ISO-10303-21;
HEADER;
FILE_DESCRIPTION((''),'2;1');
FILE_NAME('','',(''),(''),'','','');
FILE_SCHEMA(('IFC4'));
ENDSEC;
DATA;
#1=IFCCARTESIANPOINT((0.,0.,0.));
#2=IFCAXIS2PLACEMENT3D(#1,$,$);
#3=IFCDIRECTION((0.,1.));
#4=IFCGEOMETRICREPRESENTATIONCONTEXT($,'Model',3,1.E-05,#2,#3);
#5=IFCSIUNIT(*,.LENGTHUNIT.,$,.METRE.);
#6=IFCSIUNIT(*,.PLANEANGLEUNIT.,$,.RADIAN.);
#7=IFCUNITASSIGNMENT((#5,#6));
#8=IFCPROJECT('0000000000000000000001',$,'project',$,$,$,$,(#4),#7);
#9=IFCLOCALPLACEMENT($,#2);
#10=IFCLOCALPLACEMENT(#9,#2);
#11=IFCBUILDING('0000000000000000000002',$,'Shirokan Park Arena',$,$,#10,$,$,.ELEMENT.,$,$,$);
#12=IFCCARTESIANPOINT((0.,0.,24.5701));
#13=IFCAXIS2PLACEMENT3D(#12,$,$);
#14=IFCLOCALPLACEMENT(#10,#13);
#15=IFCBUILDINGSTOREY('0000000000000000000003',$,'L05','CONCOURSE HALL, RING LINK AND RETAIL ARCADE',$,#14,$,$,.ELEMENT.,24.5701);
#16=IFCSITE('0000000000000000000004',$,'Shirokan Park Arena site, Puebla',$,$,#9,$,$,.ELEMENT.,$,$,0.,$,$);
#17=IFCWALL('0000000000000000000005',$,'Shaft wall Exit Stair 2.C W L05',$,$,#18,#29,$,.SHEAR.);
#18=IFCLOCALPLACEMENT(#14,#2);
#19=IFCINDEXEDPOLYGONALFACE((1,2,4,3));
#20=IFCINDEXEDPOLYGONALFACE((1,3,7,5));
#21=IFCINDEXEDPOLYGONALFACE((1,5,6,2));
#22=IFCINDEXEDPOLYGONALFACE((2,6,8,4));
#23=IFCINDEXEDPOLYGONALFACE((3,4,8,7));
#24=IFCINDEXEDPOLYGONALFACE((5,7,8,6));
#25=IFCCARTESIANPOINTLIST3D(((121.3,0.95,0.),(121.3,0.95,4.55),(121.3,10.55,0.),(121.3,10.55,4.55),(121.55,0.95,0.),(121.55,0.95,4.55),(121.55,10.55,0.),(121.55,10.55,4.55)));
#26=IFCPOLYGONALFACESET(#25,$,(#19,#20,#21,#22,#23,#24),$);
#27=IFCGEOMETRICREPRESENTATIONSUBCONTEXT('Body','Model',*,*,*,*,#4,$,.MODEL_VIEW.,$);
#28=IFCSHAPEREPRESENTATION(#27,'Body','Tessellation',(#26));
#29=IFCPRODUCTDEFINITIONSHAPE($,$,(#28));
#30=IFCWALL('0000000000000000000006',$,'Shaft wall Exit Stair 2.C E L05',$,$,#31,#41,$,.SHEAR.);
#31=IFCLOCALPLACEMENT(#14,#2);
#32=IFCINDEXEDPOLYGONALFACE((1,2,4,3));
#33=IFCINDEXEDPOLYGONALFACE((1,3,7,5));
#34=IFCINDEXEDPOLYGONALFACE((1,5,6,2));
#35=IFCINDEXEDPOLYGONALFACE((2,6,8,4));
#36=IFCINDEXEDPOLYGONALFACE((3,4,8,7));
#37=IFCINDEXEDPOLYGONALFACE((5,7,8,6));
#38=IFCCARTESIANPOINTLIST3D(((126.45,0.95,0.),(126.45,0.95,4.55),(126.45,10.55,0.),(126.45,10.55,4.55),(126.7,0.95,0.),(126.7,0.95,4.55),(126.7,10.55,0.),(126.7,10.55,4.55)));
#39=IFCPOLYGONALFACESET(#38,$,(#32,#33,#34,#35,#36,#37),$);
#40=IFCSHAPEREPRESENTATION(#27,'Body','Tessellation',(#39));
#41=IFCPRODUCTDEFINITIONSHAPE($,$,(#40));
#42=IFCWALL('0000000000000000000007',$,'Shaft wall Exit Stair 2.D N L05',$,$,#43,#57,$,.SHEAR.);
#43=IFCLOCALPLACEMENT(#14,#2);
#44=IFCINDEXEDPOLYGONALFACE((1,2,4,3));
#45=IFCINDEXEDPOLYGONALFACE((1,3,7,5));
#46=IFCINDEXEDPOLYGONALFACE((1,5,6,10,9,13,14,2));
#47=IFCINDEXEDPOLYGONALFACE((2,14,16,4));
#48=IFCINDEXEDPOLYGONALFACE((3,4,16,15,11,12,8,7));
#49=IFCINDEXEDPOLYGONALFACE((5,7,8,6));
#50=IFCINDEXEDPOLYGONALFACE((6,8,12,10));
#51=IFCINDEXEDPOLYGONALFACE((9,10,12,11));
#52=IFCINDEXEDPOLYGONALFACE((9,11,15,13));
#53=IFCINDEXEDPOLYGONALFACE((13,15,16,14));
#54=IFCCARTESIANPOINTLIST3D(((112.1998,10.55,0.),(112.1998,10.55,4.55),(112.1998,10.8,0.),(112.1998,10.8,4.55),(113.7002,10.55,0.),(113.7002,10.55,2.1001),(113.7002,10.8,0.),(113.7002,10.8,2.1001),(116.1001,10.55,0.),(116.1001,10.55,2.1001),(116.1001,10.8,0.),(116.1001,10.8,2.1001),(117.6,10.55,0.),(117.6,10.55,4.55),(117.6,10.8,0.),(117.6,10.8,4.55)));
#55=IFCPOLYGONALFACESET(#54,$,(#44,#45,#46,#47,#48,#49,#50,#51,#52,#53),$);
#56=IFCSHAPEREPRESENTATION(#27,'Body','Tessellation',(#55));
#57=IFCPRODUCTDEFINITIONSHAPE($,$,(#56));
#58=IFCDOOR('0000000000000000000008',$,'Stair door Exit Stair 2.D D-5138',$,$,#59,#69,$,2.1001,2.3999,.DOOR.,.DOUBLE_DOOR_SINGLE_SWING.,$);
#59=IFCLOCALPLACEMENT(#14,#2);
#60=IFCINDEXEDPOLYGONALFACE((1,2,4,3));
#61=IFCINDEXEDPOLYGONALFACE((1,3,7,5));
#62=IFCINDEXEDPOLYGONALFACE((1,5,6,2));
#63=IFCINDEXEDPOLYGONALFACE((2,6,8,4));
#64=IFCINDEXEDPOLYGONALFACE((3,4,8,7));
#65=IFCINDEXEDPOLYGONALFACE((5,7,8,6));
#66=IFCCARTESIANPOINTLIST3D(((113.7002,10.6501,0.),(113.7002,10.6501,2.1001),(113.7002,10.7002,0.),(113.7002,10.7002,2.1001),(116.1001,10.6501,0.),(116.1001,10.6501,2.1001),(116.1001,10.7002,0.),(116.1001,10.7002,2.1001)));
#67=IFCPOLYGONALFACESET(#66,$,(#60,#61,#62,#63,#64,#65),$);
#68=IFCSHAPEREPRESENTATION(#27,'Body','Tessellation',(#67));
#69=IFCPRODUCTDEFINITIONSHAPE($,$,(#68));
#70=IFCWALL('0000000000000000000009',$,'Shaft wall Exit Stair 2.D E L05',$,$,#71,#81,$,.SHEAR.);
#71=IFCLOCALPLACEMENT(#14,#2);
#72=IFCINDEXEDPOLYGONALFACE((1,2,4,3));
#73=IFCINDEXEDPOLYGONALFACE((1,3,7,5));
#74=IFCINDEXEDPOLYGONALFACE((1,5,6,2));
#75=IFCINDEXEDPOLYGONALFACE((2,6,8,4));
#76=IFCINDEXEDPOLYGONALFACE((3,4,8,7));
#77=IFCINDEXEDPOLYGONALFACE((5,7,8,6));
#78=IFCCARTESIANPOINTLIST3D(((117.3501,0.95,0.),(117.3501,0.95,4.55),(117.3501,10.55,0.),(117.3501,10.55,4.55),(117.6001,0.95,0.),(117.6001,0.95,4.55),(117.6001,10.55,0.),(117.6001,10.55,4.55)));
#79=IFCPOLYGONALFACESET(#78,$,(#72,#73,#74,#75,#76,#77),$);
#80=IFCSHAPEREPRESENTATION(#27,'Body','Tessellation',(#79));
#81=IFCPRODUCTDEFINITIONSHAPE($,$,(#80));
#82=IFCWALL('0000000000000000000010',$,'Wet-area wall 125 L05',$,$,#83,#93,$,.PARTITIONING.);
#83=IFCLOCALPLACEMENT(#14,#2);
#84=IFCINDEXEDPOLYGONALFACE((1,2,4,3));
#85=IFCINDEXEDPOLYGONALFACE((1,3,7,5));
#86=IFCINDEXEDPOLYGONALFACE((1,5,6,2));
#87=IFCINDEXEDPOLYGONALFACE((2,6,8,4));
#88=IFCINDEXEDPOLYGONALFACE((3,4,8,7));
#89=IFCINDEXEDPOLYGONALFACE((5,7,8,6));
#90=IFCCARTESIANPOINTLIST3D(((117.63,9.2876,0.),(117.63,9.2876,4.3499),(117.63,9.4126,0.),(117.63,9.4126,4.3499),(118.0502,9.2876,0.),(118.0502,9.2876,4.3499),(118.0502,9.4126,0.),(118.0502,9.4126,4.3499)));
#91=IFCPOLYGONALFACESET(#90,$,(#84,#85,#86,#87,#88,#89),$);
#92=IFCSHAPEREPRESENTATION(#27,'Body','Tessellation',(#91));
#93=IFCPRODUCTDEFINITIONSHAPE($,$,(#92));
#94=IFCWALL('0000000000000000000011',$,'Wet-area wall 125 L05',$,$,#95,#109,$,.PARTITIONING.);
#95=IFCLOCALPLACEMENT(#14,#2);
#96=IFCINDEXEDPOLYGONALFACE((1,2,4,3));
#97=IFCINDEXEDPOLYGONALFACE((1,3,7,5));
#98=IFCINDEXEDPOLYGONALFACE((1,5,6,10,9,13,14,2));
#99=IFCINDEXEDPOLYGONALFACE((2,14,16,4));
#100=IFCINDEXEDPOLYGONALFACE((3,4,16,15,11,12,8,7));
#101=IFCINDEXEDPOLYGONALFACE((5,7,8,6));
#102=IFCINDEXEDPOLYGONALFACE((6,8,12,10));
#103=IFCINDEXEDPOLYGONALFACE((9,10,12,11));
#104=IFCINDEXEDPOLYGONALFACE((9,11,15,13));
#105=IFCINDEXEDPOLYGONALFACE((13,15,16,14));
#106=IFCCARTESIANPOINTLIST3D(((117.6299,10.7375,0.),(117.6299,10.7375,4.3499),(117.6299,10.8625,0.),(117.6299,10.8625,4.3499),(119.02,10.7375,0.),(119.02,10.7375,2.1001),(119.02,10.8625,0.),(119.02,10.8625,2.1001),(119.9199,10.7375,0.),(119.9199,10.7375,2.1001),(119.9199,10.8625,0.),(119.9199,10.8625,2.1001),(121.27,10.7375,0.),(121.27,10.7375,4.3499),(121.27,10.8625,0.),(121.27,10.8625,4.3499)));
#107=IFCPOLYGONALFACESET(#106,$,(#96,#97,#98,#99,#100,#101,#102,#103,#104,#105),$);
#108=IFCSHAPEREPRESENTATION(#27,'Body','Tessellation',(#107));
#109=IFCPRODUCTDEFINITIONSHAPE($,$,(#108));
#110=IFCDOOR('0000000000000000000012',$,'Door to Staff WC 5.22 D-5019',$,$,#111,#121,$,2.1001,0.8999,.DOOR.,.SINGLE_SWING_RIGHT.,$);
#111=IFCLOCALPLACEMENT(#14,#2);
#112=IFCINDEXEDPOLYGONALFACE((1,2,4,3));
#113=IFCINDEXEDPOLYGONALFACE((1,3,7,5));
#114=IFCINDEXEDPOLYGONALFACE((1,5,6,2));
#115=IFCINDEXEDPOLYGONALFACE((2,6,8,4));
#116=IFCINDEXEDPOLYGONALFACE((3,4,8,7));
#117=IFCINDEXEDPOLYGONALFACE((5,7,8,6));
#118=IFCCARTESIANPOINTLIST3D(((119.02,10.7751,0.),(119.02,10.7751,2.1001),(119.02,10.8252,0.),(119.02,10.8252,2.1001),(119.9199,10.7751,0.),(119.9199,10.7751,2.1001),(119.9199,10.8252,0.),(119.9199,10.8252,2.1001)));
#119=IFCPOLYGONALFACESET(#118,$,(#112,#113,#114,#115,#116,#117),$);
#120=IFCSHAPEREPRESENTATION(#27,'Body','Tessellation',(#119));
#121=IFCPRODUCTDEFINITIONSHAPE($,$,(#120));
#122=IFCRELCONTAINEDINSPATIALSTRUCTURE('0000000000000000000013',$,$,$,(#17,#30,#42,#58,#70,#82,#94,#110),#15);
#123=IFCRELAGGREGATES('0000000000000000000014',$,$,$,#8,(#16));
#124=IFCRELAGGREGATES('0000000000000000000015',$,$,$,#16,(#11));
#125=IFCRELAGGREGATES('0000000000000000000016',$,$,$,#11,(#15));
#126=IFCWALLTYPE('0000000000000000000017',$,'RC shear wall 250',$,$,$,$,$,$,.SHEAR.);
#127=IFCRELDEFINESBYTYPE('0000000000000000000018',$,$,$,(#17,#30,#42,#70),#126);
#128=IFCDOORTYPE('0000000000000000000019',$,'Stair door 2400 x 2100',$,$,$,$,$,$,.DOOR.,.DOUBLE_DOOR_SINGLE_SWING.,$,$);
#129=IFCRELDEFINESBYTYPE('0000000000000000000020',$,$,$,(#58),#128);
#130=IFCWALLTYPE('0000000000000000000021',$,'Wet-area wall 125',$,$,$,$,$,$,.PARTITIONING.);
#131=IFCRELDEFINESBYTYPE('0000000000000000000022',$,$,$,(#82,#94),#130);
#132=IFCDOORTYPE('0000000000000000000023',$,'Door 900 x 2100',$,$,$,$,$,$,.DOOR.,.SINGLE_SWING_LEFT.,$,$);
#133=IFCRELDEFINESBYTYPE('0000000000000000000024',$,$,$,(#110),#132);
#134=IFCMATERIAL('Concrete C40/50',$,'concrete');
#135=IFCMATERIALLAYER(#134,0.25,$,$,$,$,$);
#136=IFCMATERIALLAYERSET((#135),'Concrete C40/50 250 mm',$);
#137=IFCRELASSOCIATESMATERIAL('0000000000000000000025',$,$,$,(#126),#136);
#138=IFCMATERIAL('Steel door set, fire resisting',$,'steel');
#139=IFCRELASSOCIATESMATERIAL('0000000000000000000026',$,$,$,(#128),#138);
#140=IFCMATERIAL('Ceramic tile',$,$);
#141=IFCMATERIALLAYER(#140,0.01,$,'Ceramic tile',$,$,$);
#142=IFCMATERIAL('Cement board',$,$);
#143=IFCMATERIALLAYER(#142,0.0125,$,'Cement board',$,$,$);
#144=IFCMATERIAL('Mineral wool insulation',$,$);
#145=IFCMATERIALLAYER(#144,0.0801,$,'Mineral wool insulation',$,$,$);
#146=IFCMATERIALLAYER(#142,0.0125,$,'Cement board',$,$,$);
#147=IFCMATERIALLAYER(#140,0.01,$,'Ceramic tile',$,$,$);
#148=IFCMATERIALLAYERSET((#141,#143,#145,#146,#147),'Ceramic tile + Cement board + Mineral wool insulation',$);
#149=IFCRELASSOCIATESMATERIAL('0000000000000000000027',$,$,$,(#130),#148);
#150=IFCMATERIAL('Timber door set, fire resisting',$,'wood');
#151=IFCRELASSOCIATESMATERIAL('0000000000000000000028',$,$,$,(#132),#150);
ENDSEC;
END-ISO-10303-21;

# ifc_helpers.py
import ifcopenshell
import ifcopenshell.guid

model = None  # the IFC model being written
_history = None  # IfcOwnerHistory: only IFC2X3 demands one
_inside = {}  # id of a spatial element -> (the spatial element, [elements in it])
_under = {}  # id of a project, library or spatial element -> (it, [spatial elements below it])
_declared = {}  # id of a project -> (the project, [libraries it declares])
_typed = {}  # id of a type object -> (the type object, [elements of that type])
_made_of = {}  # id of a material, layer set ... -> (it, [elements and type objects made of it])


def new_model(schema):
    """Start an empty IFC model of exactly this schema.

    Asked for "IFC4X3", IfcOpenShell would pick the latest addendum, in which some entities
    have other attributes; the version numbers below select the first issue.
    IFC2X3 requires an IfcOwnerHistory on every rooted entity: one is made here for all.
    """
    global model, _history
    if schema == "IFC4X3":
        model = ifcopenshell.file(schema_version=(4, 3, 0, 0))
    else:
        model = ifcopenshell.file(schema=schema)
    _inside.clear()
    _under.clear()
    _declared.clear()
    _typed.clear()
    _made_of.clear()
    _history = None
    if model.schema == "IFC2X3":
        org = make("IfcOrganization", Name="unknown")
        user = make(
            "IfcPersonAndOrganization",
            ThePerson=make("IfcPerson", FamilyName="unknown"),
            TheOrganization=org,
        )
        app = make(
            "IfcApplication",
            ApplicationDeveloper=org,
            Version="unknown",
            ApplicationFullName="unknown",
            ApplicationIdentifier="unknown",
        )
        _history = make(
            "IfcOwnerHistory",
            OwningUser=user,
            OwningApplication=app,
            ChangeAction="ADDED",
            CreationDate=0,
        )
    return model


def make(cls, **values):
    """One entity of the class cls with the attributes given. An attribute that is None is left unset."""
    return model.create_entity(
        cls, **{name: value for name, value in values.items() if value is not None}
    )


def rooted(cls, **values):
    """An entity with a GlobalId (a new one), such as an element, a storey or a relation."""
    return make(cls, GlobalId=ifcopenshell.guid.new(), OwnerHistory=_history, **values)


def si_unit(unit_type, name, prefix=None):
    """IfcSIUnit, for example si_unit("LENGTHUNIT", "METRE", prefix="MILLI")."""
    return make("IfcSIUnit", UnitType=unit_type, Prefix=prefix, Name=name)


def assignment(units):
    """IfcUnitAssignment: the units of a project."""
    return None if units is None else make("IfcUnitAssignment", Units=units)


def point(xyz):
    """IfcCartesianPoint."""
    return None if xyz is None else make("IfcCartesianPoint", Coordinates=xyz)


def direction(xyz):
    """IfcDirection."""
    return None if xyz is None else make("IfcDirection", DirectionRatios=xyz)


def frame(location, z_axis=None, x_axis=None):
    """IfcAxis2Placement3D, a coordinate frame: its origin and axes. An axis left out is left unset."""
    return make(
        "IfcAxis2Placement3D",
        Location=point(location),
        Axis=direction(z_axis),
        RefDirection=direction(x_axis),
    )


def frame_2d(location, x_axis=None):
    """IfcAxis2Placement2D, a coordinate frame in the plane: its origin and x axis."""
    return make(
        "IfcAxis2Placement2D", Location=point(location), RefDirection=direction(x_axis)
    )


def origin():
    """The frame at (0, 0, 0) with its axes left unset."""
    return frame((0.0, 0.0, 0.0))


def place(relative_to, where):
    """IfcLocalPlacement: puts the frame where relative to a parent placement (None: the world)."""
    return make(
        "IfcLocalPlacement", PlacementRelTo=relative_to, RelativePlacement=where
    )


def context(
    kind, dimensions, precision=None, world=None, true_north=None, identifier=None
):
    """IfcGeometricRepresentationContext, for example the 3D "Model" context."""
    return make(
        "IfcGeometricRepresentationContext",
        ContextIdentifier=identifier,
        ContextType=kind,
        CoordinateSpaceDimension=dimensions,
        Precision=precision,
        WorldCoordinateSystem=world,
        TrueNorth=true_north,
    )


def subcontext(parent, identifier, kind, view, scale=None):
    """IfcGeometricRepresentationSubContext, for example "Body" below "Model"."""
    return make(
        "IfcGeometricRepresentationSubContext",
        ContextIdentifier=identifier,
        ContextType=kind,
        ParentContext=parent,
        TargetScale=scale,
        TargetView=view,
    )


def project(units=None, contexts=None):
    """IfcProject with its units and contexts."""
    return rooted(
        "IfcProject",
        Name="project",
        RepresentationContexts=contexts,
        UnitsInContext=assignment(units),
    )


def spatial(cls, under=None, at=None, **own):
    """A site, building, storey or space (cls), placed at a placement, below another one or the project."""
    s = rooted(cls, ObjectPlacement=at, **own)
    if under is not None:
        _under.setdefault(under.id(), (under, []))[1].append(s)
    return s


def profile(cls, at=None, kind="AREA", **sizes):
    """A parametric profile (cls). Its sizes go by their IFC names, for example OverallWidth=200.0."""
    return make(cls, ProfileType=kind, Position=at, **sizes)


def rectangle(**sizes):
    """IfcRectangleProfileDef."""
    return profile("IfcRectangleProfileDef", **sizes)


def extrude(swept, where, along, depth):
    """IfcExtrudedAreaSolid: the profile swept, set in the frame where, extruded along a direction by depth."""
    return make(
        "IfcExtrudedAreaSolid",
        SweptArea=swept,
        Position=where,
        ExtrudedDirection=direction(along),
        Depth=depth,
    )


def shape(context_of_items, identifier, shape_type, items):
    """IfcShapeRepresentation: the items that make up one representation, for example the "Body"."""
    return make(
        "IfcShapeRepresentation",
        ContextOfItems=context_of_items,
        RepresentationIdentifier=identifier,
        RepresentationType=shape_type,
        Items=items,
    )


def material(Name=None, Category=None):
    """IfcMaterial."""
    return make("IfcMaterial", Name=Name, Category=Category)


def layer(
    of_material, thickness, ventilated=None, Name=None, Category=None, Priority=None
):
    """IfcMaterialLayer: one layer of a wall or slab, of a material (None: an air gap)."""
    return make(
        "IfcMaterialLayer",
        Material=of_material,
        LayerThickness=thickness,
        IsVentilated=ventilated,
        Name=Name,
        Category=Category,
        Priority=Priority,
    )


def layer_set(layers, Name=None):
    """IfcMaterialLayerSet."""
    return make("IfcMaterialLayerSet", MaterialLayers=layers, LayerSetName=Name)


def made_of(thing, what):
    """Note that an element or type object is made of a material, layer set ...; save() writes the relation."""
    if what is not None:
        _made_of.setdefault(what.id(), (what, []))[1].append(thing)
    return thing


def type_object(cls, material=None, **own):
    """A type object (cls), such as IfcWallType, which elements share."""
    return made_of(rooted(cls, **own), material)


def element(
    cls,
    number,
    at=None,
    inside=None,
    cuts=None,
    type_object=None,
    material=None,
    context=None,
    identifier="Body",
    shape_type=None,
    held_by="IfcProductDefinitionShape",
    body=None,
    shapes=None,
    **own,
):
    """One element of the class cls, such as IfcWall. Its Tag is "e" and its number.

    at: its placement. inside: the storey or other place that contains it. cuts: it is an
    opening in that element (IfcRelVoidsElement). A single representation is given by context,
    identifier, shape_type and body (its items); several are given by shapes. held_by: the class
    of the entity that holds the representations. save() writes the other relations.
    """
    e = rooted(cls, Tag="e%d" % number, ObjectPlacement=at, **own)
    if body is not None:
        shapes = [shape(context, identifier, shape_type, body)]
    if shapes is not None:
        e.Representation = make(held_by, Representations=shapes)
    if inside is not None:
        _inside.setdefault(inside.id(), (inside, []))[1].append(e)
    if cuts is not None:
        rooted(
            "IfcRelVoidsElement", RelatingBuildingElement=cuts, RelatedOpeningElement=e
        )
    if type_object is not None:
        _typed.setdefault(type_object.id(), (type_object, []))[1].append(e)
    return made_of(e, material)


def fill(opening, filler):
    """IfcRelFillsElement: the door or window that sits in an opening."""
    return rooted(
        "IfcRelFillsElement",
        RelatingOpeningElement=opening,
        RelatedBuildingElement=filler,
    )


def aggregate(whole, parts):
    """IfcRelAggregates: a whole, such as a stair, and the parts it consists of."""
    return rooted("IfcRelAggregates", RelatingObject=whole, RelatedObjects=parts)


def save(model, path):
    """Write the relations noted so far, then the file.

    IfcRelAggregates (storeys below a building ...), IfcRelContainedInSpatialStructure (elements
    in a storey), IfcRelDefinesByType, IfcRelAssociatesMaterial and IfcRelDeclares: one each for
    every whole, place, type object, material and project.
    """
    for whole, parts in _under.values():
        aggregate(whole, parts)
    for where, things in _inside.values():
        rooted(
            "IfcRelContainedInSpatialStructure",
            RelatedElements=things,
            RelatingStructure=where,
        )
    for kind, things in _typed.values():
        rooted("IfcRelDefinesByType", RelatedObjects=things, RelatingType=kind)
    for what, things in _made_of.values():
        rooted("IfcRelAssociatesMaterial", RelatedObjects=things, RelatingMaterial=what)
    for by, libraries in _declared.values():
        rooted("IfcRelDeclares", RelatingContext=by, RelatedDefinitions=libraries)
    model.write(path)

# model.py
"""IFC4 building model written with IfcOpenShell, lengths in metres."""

from ifc_helpers import new_model, si_unit, direction, frame, frame_2d, origin, place, context, subcontext, project, spatial, rectangle, extrude, material, layer, layer_set, type_object, element, fill, save


model = new_model("IFC4")

# Units and contexts
model_context = context("Model", 3, precision=1e-05, world=origin(), true_north=direction((0.0, 1.0)))
body_context = subcontext(model_context, "Body", "Model", "MODEL_VIEW")
ifc_project = project(units=[si_unit("LENGTHUNIT", "METRE"), si_unit("PLANEANGLEUNIT", "RADIAN")], contexts=[model_context])

# Site, building, storey
site_placement = place(None, origin())
site = spatial("IfcSite", under=ifc_project, at=site_placement, Name="Shirokan Park Arena site, Puebla", CompositionType="ELEMENT", RefElevation=0.0)
building_placement = place(site_placement, origin())
building = spatial("IfcBuilding", under=site, at=building_placement, Name="Shirokan Park Arena", CompositionType="ELEMENT")
storey_placement = place(building_placement, frame((0.0, 0.0, 24.5701)))
storey = spatial("IfcBuildingStorey", under=building, at=storey_placement, Name="L05", Description="CONCOURSE HALL, RING LINK AND RETAIL ARCADE", CompositionType="ELEMENT", Elevation=24.5701)

# Shared definitions
ifc_material_1 = material(Name="Mineral wool insulation")

# Shared definitions
ifc_material_2 = material(Name="Concrete C40/50", Category="concrete")
ifc_layer_1 = layer(ifc_material_2, 0.25)
ifc_layer_set_1 = layer_set([ifc_layer_1], Name="Concrete C40/50 250 mm")
wall_type_1 = type_object("IfcWallType", Name="RC shear wall 250", PredefinedType="SHEAR", material=ifc_layer_set_1)

# Shared definitions
ifc_material_3 = material(Name="Steel door set, fire resisting", Category="steel")
door_type_1 = type_object("IfcDoorType", Name="Stair door 2400 x 2100", OperationType="DOUBLE_DOOR_SINGLE_SWING", PredefinedType="DOOR", material=ifc_material_3)

# Walls
for number, where, z_axis, x_axis, name in (
    (1, (121.425, 10.55, 0.0), (0.0, 0.0, 1.0), (0.0, -1.0, 0.0), "Shaft wall Exit Stair 2.C W L05"),
    (2, (126.575, 10.55, 0.0), (0.0, 0.0, 1.0), (0.0, -1.0, 0.0), "Shaft wall Exit Stair 2.C E L05"),
):
    element("IfcWall", number, at=place(storey_placement, frame(where, z_axis=z_axis, x_axis=x_axis)), inside=storey, type_object=wall_type_1, Name=name, PredefinedType="SHEAR", context=body_context, shape_type="SweptSolid", body=[
        extrude(rectangle(XDim=9.6001, YDim=0.25, at=frame_2d((4.8, 0.0))), origin(), (0.0, 0.0, 1.0), 4.55),
    ])

# Wall, opening, door
wall_1_placement = place(storey_placement, frame((117.6001, 10.675, 0.0), z_axis=(0.0, 0.0, 1.0), x_axis=(-1.0, 0.0, 0.0)))
wall_1 = element("IfcWall", 3, at=wall_1_placement, inside=storey, type_object=wall_type_1, Name="Shaft wall Exit Stair 2.D N L05", PredefinedType="SHEAR", context=body_context, shape_type="SweptSolid", body=[
    extrude(rectangle(XDim=5.4001, YDim=0.25, at=frame_2d((2.7002, 0.0))), origin(), (0.0, 0.0, 1.0), 4.55),
])
opening_1_placement = place(wall_1_placement, frame((1.5, 0.0, 0.0)))
opening_1 = element("IfcOpeningElement", 4, at=opening_1_placement, cuts=wall_1, PredefinedType="OPENING", context=body_context, shape_type="SweptSolid", body=[
    extrude(rectangle(XDim=2.3999, YDim=2.1001, at=frame_2d((1.2, 1.05))), frame((0.0, 0.135, 0.0), z_axis=(0.0, -1.0, 0.0), x_axis=(1.0, 0.0, 0.0)), (0.0, 0.0, 1.0), 0.27),
])
door_1_placement = place(opening_1_placement, origin())
door_1 = element("IfcDoor", 5, at=door_1_placement, inside=storey, type_object=door_type_1, Name="Stair door Exit Stair 2.D D-5138", OperationType="DOUBLE_DOOR_SINGLE_SWING", OverallHeight=2.1001, OverallWidth=2.3999, PredefinedType="DOOR", context=body_context, shape_type="SweptSolid", body=[
    extrude(rectangle(XDim=2.3999, YDim=2.1001, at=frame_2d((1.2, 1.05))), frame((0.0, 0.0249, 0.0), z_axis=(0.0, -1.0, 0.0), x_axis=(1.0, 0.0, 0.0)), (0.0, 0.0, 1.0), 0.05),
])
fill(opening_1, door_1)

# Walls
wall_2_placement = place(storey_placement, frame((117.4751, 10.55, 0.0), z_axis=(0.0, 0.0, 1.0), x_axis=(0.0, -1.0, 0.0)))
element("IfcWall", 6, at=wall_2_placement, inside=storey, type_object=wall_type_1, Name="Shaft wall Exit Stair 2.D E L05", PredefinedType="SHEAR", context=body_context, shape_type="SweptSolid", body=[
    extrude(rectangle(XDim=9.6001, YDim=0.25, at=frame_2d((4.8, 0.0))), origin(), (0.0, 0.0, 1.0), 4.55),
])
ifc_material_4 = material(Name="Ceramic tile")
ifc_layer_2 = layer(ifc_material_4, 0.01, Name="Ceramic tile")
ifc_material_5 = material(Name="Cement board")
ifc_layer_3 = layer(ifc_material_5, 0.0125, Name="Cement board")
ifc_layer_4 = layer(ifc_material_1, 0.0801, Name="Mineral wool insulation")
ifc_layer_5 = layer(ifc_material_5, 0.0125, Name="Cement board")
ifc_layer_6 = layer(ifc_material_4, 0.01, Name="Ceramic tile")
ifc_layer_set_2 = layer_set([ifc_layer_2, ifc_layer_3, ifc_layer_4, ifc_layer_5, ifc_layer_6], Name="Ceramic tile + Cement board + Mineral wool insulation")
wall_type_2 = type_object("IfcWallType", Name="Wet-area wall 125", PredefinedType="PARTITIONING", material=ifc_layer_set_2)
wall_3_placement = place(storey_placement, frame((118.05, 9.3501, 0.0), z_axis=(0.0, 0.0, 1.0), x_axis=(-1.0, 0.0, 0.0)))
element("IfcWall", 7, at=wall_3_placement, inside=storey, type_object=wall_type_2, Name="Wet-area wall 125 L05", PredefinedType="PARTITIONING", context=body_context, shape_type="SweptSolid", body=[
    extrude(rectangle(XDim=0.4202, YDim=0.125, at=frame_2d((0.21, 0.0))), origin(), (0.0, 0.0, 1.0), 4.3499),
])

# Wall, opening, door
wall_4_placement = place(storey_placement, frame((121.27, 10.8, 0.0), z_axis=(0.0, 0.0, 1.0), x_axis=(-1.0, 0.0, 0.0)))
wall_4 = element("IfcWall", 8, at=wall_4_placement, inside=storey, type_object=wall_type_2, Name="Wet-area wall 125 L05", PredefinedType="PARTITIONING", context=body_context, shape_type="SweptSolid", body=[
    extrude(rectangle(XDim=3.6401, YDim=0.125, at=frame_2d((1.8201, 0.0))), origin(), (0.0, 0.0, 1.0), 4.3499),
])
opening_2_placement = place(wall_4_placement, frame((1.3501, 0.0, 0.0)))
opening_2 = element("IfcOpeningElement", 9, at=opening_2_placement, cuts=wall_4, PredefinedType="OPENING", context=body_context, shape_type="SweptSolid", body=[
    extrude(rectangle(XDim=0.8999, YDim=2.1001, at=frame_2d((0.45, 1.05))), frame((0.0, 0.0725, 0.0), z_axis=(0.0, -1.0, 0.0), x_axis=(1.0, 0.0, 0.0)), (0.0, 0.0, 1.0), 0.145),
])
ifc_material_6 = material(Name="Timber door set, fire resisting", Category="wood")
door_type_2 = type_object("IfcDoorType", Name="Door 900 x 2100", OperationType="SINGLE_SWING_LEFT", PredefinedType="DOOR", material=ifc_material_6)
door_2_placement = place(opening_2_placement, origin())
door_2 = element("IfcDoor", 10, at=door_2_placement, inside=storey, type_object=door_type_2, Name="Door to Staff WC 5.22 D-5019", OperationType="SINGLE_SWING_RIGHT", OverallHeight=2.1001, OverallWidth=0.8999, PredefinedType="DOOR", context=body_context, shape_type="SweptSolid", body=[
    extrude(rectangle(XDim=0.8999, YDim=2.1001, at=frame_2d((0.45, 1.05))), frame((0.0, 0.0249, 0.0), z_axis=(0.0, -1.0, 0.0), x_axis=(1.0, 0.0, 0.0)), (0.0, 0.0, 1.0), 0.05),
])
fill(opening_2, door_2)

save(model, "model.ifc")
